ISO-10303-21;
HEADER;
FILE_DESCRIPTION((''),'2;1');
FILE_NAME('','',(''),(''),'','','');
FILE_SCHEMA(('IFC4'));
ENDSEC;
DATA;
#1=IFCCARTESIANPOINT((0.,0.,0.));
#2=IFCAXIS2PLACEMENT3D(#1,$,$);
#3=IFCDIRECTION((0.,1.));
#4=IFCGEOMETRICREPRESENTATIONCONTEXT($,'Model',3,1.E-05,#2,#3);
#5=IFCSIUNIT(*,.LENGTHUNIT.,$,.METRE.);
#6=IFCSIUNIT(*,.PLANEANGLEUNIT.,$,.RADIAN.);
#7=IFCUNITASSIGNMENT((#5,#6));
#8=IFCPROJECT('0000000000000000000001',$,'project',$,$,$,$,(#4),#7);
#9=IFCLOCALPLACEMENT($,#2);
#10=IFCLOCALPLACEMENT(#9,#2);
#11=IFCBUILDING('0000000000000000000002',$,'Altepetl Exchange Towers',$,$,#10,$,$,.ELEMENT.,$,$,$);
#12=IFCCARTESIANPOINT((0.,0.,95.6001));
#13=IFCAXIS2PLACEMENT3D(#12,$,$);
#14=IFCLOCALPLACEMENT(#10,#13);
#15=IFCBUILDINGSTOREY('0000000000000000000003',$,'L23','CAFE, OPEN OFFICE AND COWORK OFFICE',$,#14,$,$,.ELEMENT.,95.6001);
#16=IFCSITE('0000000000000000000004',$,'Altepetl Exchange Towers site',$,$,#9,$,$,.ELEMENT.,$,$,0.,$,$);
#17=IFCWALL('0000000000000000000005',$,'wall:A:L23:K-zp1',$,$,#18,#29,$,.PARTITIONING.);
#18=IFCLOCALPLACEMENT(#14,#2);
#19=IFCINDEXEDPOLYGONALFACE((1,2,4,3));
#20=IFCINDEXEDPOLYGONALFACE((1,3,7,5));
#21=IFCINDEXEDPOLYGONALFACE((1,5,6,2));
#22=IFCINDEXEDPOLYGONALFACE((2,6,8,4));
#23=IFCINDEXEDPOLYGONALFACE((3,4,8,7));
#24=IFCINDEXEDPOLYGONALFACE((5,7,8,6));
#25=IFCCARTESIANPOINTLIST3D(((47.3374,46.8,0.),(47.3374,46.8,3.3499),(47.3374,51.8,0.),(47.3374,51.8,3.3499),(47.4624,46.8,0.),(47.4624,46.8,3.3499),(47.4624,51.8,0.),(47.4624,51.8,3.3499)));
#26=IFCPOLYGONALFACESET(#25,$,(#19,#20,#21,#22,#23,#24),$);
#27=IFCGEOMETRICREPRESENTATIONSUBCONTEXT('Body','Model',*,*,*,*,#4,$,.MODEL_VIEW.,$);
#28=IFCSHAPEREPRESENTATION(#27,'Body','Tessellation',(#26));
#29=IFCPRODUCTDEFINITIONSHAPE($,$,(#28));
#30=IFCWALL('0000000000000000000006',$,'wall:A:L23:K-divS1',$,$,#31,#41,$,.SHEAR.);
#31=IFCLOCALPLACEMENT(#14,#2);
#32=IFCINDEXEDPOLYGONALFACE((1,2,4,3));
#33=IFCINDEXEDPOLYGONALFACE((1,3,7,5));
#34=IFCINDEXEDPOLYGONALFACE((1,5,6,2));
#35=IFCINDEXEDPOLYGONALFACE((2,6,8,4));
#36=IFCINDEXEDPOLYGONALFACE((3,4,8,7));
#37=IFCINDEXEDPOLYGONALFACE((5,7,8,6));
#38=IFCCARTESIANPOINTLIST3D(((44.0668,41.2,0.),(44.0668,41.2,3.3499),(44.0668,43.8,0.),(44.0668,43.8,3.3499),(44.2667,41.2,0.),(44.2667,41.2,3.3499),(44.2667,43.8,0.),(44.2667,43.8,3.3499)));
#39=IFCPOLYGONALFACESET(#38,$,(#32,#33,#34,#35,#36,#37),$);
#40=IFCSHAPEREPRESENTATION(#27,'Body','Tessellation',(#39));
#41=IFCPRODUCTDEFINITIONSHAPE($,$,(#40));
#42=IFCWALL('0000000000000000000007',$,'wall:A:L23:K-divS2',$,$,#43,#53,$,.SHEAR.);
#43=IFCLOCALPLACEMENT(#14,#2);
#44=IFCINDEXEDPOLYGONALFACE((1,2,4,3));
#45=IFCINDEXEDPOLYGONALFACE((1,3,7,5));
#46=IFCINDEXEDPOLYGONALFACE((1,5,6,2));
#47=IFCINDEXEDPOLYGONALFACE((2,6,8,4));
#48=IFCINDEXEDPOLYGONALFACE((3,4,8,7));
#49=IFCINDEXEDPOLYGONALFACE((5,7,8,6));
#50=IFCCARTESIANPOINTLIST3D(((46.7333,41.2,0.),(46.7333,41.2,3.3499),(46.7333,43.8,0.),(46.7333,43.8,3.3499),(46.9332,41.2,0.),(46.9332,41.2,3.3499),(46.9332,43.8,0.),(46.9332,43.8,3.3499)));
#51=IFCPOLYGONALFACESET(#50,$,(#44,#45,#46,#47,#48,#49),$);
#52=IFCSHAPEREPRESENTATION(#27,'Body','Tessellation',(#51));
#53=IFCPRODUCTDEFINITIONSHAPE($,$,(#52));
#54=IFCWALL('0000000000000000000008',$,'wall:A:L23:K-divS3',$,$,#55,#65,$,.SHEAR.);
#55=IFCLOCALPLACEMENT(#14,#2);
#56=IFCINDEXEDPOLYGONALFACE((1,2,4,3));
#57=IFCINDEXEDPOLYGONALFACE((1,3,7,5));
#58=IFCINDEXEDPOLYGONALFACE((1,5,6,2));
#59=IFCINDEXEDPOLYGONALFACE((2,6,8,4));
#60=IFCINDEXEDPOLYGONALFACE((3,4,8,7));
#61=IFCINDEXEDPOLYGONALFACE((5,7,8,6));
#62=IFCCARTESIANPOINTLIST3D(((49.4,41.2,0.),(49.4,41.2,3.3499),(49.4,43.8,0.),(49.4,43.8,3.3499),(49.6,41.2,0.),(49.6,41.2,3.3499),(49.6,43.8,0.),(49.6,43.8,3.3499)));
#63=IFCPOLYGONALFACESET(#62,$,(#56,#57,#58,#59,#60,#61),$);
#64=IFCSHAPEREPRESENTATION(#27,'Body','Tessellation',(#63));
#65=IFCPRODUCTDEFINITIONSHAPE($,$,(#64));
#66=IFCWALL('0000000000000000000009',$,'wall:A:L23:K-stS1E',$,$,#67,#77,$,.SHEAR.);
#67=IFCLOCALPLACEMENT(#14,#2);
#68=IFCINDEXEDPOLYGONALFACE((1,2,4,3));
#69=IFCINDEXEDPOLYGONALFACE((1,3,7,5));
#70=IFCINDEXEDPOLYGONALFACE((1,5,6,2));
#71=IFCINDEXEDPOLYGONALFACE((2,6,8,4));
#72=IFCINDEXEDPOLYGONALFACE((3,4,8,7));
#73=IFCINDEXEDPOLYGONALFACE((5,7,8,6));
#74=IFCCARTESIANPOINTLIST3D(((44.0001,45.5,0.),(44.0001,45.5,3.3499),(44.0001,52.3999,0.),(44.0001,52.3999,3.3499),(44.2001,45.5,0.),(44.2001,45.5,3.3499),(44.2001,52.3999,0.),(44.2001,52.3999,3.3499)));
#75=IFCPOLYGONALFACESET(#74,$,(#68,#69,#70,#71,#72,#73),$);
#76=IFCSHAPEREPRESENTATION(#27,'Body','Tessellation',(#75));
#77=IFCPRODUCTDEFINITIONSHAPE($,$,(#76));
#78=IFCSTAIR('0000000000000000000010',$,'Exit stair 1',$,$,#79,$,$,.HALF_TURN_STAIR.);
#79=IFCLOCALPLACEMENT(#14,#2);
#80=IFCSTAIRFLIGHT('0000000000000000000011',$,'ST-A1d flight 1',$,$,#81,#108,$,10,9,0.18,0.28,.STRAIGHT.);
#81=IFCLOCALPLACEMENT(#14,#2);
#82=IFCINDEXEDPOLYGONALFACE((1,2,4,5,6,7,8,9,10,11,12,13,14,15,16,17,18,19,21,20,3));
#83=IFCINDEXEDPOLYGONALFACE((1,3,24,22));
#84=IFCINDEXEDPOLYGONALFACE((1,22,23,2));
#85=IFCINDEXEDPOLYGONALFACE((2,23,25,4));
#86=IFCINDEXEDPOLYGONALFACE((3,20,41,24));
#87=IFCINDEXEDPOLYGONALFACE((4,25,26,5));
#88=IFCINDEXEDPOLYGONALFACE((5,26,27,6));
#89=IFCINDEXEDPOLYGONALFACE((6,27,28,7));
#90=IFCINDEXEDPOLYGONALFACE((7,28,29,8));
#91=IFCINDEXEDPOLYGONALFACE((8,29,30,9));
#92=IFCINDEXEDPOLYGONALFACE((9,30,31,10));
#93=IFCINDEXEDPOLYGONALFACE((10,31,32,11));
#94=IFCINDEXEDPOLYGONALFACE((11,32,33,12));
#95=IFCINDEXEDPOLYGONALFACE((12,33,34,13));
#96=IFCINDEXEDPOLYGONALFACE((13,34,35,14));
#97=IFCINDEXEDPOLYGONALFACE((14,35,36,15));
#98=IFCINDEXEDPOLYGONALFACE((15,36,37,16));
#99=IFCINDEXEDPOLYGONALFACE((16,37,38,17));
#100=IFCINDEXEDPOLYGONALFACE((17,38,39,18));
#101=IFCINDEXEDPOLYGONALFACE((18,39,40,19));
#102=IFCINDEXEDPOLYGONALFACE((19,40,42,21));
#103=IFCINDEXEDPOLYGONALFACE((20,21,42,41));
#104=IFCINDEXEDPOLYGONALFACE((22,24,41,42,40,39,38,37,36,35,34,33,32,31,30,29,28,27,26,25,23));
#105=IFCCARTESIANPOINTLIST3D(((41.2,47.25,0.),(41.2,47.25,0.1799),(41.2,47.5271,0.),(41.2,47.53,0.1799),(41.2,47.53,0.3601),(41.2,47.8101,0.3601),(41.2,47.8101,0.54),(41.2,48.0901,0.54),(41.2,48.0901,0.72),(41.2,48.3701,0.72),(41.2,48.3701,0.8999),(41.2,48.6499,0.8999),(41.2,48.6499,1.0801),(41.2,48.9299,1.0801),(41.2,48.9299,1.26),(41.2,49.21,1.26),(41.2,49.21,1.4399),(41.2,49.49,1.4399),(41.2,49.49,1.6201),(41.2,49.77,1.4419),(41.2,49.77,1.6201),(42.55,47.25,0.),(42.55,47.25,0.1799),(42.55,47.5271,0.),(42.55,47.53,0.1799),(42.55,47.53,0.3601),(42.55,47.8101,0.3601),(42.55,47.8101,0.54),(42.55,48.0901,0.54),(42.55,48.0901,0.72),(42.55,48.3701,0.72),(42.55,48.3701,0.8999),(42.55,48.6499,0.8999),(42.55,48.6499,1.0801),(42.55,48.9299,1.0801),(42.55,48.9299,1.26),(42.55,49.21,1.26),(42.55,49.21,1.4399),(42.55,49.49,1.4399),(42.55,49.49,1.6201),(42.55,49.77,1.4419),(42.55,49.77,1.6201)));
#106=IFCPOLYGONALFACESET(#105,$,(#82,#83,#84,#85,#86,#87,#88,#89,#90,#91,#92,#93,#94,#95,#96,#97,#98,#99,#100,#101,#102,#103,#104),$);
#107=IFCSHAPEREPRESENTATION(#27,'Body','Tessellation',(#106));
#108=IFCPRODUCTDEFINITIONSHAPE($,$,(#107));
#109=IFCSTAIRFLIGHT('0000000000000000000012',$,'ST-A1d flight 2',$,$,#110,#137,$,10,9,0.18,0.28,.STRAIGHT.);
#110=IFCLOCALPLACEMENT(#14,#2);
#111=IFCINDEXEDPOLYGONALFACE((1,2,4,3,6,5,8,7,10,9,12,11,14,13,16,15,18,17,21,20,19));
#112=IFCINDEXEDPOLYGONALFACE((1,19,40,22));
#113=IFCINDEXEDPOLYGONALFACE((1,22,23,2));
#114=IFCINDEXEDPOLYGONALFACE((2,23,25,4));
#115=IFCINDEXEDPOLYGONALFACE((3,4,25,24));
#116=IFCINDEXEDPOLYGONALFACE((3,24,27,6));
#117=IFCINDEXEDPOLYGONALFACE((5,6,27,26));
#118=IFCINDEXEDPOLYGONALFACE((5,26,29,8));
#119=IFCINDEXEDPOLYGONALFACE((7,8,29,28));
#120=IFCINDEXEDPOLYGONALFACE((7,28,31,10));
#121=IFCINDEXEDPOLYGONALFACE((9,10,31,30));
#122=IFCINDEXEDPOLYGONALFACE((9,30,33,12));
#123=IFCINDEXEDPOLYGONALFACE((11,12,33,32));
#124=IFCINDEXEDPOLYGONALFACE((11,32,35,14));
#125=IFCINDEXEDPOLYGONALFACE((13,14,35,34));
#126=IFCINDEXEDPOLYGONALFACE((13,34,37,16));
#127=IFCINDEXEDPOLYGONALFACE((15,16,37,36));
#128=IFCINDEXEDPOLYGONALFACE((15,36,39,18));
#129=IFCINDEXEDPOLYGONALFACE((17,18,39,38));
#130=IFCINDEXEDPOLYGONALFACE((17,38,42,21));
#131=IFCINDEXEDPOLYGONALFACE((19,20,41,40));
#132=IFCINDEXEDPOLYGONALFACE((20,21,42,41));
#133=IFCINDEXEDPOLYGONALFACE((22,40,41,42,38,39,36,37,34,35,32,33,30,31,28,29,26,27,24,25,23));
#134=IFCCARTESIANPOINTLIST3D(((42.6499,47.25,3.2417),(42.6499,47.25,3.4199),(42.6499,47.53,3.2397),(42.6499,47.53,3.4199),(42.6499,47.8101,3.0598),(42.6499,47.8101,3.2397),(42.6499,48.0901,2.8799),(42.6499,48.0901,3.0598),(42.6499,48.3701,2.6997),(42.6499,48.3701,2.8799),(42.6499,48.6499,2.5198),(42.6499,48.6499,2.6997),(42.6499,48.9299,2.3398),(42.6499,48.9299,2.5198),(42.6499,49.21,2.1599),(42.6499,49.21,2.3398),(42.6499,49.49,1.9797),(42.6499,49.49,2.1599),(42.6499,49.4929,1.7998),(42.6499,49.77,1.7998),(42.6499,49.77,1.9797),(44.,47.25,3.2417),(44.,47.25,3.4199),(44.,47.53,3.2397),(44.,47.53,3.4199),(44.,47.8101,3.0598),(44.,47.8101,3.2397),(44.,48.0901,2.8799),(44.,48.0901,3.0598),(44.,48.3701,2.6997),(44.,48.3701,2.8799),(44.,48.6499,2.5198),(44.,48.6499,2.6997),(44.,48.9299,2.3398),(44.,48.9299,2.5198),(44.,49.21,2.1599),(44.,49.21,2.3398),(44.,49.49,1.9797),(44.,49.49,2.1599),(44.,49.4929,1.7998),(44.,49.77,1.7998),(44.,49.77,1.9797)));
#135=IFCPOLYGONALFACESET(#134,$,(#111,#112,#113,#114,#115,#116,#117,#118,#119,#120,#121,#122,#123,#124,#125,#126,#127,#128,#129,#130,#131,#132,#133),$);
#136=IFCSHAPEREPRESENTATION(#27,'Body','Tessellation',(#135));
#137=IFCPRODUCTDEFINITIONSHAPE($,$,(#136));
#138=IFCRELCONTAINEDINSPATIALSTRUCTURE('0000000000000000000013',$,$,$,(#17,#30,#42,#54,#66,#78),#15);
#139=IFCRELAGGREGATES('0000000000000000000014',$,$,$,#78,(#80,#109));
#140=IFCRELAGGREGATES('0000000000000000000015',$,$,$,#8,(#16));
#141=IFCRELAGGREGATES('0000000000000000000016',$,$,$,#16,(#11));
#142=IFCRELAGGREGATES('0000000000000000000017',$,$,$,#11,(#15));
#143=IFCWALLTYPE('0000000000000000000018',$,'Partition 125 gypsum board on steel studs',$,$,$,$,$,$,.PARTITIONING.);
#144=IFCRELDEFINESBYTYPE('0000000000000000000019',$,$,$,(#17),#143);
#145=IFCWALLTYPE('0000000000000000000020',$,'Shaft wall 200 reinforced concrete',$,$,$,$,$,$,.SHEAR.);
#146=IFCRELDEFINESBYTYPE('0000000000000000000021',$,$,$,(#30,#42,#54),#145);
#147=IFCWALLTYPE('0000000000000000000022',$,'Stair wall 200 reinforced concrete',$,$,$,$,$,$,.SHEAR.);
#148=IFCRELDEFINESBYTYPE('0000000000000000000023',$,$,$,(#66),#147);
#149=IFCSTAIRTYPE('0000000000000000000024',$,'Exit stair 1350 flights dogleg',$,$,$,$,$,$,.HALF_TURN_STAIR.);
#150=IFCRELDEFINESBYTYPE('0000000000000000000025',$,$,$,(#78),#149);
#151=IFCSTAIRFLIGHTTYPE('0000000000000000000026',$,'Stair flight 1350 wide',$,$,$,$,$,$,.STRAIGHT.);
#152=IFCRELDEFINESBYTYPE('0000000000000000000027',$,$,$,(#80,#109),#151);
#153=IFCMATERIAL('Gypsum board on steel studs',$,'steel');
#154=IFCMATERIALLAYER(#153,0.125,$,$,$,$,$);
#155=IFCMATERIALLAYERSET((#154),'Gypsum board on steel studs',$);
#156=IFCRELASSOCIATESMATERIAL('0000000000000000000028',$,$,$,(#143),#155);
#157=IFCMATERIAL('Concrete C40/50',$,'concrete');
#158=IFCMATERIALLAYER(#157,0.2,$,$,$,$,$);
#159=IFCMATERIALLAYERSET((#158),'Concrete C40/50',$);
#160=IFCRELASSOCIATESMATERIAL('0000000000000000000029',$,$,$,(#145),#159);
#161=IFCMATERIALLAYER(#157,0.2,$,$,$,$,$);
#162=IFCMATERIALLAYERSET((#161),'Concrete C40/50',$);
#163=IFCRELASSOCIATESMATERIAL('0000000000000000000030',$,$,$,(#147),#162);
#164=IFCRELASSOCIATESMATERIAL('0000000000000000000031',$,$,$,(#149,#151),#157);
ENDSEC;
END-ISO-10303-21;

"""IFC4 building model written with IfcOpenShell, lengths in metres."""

from ifc_helpers import new_model, si_unit, direction, frame, frame_2d, origin, place, context, subcontext, project, spatial, polyline, rectangle, outline, extrude, material, layer, layer_set, type_object, element, aggregate, save


model = new_model("IFC4")

# Units and contexts
model_context = context("Model", 3, precision=1e-05, world=origin(), true_north=direction((0.0, 1.0)))
body_context = subcontext(model_context, "Body", "Model", "MODEL_VIEW")
ifc_project = project(units=[si_unit("LENGTHUNIT", "METRE"), si_unit("PLANEANGLEUNIT", "RADIAN")], contexts=[model_context])

# Site, building, storey
site_placement = place(None, origin())
site = spatial("IfcSite", under=ifc_project, at=site_placement, Name="Altepetl Exchange Towers site", CompositionType="ELEMENT", RefElevation=0.0)
building_placement = place(site_placement, origin())
building = spatial("IfcBuilding", under=site, at=building_placement, Name="Altepetl Exchange Towers", CompositionType="ELEMENT")
storey_placement = place(building_placement, frame((0.0, 0.0, 95.6001)))
storey = spatial("IfcBuildingStorey", under=building, at=storey_placement, Name="L23", Description="CAFE, OPEN OFFICE AND COWORK OFFICE", CompositionType="ELEMENT", Elevation=95.6001)

# Walls
ifc_material_1 = material(Name="Gypsum board on steel studs", Category="steel")
ifc_layer_1 = layer(ifc_material_1, 0.125)
ifc_layer_set_1 = layer_set([ifc_layer_1], Name="Gypsum board on steel studs")
wall_type_1 = type_object("IfcWallType", Name="Partition 125 gypsum board on steel studs", PredefinedType="PARTITIONING", material=ifc_layer_set_1)
wall_1_placement = place(storey_placement, frame((47.3999, 46.8, 0.0), z_axis=(0.0, 0.0, 1.0), x_axis=(0.0, 1.0, 0.0)))
element("IfcWall", 1, at=wall_1_placement, inside=storey, type_object=wall_type_1, Name="wall:A:L23:K-zp1", PredefinedType="PARTITIONING", context=body_context, shape_type="SweptSolid", body=[
    extrude(rectangle(XDim=5.0, YDim=0.125, at=frame_2d((2.5, 0.0))), origin(), (0.0, 0.0, 1.0), 3.3499),
])
ifc_material_2 = material(Name="Concrete C40/50", Category="concrete")
ifc_layer_2 = layer(ifc_material_2, 0.2)
ifc_layer_set_2 = layer_set([ifc_layer_2], Name="Concrete C40/50")
wall_type_2 = type_object("IfcWallType", Name="Shaft wall 200 reinforced concrete", PredefinedType="SHEAR", material=ifc_layer_set_2)
for number, where, z_axis, x_axis, name in (
    (2, (44.1667, 41.2, 0.0), (0.0, 0.0, 1.0), (0.0, 1.0, 0.0), "wall:A:L23:K-divS1"),
    (3, (46.8333, 41.2, 0.0), (0.0, 0.0, 1.0), (0.0, 1.0, 0.0), "wall:A:L23:K-divS2"),
    (4, (49.5, 41.2, 0.0), (0.0, 0.0, 1.0), (0.0, 1.0, 0.0), "wall:A:L23:K-divS3"),
):
    element("IfcWall", number, at=place(storey_placement, frame(where, z_axis=z_axis, x_axis=x_axis)), inside=storey, type_object=wall_type_2, Name=name, PredefinedType="SHEAR", context=body_context, shape_type="SweptSolid", body=[
        extrude(rectangle(XDim=2.6001, YDim=0.2, at=frame_2d((1.3, 0.0))), origin(), (0.0, 0.0, 1.0), 3.3499),
    ])
ifc_layer_3 = layer(ifc_material_2, 0.2)
ifc_layer_set_3 = layer_set([ifc_layer_3], Name="Concrete C40/50")
wall_type_3 = type_object("IfcWallType", Name="Stair wall 200 reinforced concrete", PredefinedType="SHEAR", material=ifc_layer_set_3)
wall_2_placement = place(storey_placement, frame((44.1001, 45.5, 0.0), z_axis=(0.0, 0.0, 1.0), x_axis=(0.0, 1.0, 0.0)))
element("IfcWall", 5, at=wall_2_placement, inside=storey, type_object=wall_type_3, Name="wall:A:L23:K-stS1E", PredefinedType="SHEAR", context=body_context, shape_type="SweptSolid", body=[
    extrude(rectangle(XDim=6.8999, YDim=0.2, at=frame_2d((3.45, 0.0))), origin(), (0.0, 0.0, 1.0), 3.3499),
])

# Stair, stair flights
stair_type = type_object("IfcStairType", Name="Exit stair 1350 flights dogleg", PredefinedType="HALF_TURN_STAIR", material=ifc_material_2)
stair_placement = place(storey_placement, origin())
stair = element("IfcStair", 6, at=stair_placement, inside=storey, type_object=stair_type, Name="Exit stair 1", PredefinedType="HALF_TURN_STAIR")
stair_flight_type = type_object("IfcStairFlightType", Name="Stair flight 1350 wide", PredefinedType="STRAIGHT", material=ifc_material_2)
stair_flight_1_placement = place(storey_placement, frame((41.875, 47.25, 0.0), z_axis=(0.0, 0.0, 1.0), x_axis=(0.0, 1.0, 0.0)))
stair_flight_1 = element("IfcStairFlight", 7, at=stair_flight_1_placement, type_object=stair_flight_type, Name="ST-A1d flight 1", NumberOfRisers=10, NumberOfTreads=9, PredefinedType="STRAIGHT", RiserHeight=0.18, TreadLength=0.28, context=body_context, shape_type="SweptSolid", body=[
    extrude(outline(polyline([(0.0, 0.0), (0.0, 0.1799), (0.28, 0.1799), (0.28, 0.3601), (0.5601, 0.3601), (0.5601, 0.54), (0.8401, 0.54), (0.8401, 0.72), (1.1201, 0.72), (1.1201, 0.8999), (1.3999, 0.8999), (1.3999, 1.0801), (1.6799, 1.0801), (1.6799, 1.26), (1.96, 1.26), (1.96, 1.4399), (2.24, 1.4399), (2.24, 1.6201), (2.52, 1.6201), (2.52, 1.8), (2.52, 1.4419), (0.2771, 0.0), (0.0, 0.0)])), frame((0.0, 0.675, 0.0), z_axis=(0.0, -1.0, 0.0), x_axis=(1.0, 0.0, 0.0)), (0.0, 0.0, 1.0), 1.3501),
])
stair_flight_2_placement = place(storey_placement, frame((43.325, 49.77, 1.7998), z_axis=(0.0, 0.0, 1.0), x_axis=(0.0, -1.0, 0.0)))
stair_flight_2 = element("IfcStairFlight", 8, at=stair_flight_2_placement, type_object=stair_flight_type, Name="ST-A1d flight 2", NumberOfRisers=10, NumberOfTreads=9, PredefinedType="STRAIGHT", RiserHeight=0.18, TreadLength=0.28, context=body_context, shape_type="SweptSolid", body=[
    extrude(outline(polyline([(0.0, 0.0), (0.0, 0.1799), (0.28, 0.1799), (0.28, 0.3601), (0.5601, 0.3601), (0.5601, 0.54), (0.8401, 0.54), (0.8401, 0.72), (1.1201, 0.72), (1.1201, 0.8999), (1.3999, 0.8999), (1.3999, 1.0801), (1.6799, 1.0801), (1.6799, 1.26), (1.96, 1.26), (1.96, 1.4399), (2.24, 1.4399), (2.24, 1.6201), (2.52, 1.6201), (2.52, 1.8), (2.52, 1.4419), (0.2771, 0.0), (0.0, 0.0)])), frame((0.0, 0.675, 0.0), z_axis=(0.0, -1.0, 0.0), x_axis=(1.0, 0.0, 0.0)), (0.0, 0.0, 1.0), 1.3501),
])
aggregate(stair, [stair_flight_1, stair_flight_2])

save(model, "model.ifc")
